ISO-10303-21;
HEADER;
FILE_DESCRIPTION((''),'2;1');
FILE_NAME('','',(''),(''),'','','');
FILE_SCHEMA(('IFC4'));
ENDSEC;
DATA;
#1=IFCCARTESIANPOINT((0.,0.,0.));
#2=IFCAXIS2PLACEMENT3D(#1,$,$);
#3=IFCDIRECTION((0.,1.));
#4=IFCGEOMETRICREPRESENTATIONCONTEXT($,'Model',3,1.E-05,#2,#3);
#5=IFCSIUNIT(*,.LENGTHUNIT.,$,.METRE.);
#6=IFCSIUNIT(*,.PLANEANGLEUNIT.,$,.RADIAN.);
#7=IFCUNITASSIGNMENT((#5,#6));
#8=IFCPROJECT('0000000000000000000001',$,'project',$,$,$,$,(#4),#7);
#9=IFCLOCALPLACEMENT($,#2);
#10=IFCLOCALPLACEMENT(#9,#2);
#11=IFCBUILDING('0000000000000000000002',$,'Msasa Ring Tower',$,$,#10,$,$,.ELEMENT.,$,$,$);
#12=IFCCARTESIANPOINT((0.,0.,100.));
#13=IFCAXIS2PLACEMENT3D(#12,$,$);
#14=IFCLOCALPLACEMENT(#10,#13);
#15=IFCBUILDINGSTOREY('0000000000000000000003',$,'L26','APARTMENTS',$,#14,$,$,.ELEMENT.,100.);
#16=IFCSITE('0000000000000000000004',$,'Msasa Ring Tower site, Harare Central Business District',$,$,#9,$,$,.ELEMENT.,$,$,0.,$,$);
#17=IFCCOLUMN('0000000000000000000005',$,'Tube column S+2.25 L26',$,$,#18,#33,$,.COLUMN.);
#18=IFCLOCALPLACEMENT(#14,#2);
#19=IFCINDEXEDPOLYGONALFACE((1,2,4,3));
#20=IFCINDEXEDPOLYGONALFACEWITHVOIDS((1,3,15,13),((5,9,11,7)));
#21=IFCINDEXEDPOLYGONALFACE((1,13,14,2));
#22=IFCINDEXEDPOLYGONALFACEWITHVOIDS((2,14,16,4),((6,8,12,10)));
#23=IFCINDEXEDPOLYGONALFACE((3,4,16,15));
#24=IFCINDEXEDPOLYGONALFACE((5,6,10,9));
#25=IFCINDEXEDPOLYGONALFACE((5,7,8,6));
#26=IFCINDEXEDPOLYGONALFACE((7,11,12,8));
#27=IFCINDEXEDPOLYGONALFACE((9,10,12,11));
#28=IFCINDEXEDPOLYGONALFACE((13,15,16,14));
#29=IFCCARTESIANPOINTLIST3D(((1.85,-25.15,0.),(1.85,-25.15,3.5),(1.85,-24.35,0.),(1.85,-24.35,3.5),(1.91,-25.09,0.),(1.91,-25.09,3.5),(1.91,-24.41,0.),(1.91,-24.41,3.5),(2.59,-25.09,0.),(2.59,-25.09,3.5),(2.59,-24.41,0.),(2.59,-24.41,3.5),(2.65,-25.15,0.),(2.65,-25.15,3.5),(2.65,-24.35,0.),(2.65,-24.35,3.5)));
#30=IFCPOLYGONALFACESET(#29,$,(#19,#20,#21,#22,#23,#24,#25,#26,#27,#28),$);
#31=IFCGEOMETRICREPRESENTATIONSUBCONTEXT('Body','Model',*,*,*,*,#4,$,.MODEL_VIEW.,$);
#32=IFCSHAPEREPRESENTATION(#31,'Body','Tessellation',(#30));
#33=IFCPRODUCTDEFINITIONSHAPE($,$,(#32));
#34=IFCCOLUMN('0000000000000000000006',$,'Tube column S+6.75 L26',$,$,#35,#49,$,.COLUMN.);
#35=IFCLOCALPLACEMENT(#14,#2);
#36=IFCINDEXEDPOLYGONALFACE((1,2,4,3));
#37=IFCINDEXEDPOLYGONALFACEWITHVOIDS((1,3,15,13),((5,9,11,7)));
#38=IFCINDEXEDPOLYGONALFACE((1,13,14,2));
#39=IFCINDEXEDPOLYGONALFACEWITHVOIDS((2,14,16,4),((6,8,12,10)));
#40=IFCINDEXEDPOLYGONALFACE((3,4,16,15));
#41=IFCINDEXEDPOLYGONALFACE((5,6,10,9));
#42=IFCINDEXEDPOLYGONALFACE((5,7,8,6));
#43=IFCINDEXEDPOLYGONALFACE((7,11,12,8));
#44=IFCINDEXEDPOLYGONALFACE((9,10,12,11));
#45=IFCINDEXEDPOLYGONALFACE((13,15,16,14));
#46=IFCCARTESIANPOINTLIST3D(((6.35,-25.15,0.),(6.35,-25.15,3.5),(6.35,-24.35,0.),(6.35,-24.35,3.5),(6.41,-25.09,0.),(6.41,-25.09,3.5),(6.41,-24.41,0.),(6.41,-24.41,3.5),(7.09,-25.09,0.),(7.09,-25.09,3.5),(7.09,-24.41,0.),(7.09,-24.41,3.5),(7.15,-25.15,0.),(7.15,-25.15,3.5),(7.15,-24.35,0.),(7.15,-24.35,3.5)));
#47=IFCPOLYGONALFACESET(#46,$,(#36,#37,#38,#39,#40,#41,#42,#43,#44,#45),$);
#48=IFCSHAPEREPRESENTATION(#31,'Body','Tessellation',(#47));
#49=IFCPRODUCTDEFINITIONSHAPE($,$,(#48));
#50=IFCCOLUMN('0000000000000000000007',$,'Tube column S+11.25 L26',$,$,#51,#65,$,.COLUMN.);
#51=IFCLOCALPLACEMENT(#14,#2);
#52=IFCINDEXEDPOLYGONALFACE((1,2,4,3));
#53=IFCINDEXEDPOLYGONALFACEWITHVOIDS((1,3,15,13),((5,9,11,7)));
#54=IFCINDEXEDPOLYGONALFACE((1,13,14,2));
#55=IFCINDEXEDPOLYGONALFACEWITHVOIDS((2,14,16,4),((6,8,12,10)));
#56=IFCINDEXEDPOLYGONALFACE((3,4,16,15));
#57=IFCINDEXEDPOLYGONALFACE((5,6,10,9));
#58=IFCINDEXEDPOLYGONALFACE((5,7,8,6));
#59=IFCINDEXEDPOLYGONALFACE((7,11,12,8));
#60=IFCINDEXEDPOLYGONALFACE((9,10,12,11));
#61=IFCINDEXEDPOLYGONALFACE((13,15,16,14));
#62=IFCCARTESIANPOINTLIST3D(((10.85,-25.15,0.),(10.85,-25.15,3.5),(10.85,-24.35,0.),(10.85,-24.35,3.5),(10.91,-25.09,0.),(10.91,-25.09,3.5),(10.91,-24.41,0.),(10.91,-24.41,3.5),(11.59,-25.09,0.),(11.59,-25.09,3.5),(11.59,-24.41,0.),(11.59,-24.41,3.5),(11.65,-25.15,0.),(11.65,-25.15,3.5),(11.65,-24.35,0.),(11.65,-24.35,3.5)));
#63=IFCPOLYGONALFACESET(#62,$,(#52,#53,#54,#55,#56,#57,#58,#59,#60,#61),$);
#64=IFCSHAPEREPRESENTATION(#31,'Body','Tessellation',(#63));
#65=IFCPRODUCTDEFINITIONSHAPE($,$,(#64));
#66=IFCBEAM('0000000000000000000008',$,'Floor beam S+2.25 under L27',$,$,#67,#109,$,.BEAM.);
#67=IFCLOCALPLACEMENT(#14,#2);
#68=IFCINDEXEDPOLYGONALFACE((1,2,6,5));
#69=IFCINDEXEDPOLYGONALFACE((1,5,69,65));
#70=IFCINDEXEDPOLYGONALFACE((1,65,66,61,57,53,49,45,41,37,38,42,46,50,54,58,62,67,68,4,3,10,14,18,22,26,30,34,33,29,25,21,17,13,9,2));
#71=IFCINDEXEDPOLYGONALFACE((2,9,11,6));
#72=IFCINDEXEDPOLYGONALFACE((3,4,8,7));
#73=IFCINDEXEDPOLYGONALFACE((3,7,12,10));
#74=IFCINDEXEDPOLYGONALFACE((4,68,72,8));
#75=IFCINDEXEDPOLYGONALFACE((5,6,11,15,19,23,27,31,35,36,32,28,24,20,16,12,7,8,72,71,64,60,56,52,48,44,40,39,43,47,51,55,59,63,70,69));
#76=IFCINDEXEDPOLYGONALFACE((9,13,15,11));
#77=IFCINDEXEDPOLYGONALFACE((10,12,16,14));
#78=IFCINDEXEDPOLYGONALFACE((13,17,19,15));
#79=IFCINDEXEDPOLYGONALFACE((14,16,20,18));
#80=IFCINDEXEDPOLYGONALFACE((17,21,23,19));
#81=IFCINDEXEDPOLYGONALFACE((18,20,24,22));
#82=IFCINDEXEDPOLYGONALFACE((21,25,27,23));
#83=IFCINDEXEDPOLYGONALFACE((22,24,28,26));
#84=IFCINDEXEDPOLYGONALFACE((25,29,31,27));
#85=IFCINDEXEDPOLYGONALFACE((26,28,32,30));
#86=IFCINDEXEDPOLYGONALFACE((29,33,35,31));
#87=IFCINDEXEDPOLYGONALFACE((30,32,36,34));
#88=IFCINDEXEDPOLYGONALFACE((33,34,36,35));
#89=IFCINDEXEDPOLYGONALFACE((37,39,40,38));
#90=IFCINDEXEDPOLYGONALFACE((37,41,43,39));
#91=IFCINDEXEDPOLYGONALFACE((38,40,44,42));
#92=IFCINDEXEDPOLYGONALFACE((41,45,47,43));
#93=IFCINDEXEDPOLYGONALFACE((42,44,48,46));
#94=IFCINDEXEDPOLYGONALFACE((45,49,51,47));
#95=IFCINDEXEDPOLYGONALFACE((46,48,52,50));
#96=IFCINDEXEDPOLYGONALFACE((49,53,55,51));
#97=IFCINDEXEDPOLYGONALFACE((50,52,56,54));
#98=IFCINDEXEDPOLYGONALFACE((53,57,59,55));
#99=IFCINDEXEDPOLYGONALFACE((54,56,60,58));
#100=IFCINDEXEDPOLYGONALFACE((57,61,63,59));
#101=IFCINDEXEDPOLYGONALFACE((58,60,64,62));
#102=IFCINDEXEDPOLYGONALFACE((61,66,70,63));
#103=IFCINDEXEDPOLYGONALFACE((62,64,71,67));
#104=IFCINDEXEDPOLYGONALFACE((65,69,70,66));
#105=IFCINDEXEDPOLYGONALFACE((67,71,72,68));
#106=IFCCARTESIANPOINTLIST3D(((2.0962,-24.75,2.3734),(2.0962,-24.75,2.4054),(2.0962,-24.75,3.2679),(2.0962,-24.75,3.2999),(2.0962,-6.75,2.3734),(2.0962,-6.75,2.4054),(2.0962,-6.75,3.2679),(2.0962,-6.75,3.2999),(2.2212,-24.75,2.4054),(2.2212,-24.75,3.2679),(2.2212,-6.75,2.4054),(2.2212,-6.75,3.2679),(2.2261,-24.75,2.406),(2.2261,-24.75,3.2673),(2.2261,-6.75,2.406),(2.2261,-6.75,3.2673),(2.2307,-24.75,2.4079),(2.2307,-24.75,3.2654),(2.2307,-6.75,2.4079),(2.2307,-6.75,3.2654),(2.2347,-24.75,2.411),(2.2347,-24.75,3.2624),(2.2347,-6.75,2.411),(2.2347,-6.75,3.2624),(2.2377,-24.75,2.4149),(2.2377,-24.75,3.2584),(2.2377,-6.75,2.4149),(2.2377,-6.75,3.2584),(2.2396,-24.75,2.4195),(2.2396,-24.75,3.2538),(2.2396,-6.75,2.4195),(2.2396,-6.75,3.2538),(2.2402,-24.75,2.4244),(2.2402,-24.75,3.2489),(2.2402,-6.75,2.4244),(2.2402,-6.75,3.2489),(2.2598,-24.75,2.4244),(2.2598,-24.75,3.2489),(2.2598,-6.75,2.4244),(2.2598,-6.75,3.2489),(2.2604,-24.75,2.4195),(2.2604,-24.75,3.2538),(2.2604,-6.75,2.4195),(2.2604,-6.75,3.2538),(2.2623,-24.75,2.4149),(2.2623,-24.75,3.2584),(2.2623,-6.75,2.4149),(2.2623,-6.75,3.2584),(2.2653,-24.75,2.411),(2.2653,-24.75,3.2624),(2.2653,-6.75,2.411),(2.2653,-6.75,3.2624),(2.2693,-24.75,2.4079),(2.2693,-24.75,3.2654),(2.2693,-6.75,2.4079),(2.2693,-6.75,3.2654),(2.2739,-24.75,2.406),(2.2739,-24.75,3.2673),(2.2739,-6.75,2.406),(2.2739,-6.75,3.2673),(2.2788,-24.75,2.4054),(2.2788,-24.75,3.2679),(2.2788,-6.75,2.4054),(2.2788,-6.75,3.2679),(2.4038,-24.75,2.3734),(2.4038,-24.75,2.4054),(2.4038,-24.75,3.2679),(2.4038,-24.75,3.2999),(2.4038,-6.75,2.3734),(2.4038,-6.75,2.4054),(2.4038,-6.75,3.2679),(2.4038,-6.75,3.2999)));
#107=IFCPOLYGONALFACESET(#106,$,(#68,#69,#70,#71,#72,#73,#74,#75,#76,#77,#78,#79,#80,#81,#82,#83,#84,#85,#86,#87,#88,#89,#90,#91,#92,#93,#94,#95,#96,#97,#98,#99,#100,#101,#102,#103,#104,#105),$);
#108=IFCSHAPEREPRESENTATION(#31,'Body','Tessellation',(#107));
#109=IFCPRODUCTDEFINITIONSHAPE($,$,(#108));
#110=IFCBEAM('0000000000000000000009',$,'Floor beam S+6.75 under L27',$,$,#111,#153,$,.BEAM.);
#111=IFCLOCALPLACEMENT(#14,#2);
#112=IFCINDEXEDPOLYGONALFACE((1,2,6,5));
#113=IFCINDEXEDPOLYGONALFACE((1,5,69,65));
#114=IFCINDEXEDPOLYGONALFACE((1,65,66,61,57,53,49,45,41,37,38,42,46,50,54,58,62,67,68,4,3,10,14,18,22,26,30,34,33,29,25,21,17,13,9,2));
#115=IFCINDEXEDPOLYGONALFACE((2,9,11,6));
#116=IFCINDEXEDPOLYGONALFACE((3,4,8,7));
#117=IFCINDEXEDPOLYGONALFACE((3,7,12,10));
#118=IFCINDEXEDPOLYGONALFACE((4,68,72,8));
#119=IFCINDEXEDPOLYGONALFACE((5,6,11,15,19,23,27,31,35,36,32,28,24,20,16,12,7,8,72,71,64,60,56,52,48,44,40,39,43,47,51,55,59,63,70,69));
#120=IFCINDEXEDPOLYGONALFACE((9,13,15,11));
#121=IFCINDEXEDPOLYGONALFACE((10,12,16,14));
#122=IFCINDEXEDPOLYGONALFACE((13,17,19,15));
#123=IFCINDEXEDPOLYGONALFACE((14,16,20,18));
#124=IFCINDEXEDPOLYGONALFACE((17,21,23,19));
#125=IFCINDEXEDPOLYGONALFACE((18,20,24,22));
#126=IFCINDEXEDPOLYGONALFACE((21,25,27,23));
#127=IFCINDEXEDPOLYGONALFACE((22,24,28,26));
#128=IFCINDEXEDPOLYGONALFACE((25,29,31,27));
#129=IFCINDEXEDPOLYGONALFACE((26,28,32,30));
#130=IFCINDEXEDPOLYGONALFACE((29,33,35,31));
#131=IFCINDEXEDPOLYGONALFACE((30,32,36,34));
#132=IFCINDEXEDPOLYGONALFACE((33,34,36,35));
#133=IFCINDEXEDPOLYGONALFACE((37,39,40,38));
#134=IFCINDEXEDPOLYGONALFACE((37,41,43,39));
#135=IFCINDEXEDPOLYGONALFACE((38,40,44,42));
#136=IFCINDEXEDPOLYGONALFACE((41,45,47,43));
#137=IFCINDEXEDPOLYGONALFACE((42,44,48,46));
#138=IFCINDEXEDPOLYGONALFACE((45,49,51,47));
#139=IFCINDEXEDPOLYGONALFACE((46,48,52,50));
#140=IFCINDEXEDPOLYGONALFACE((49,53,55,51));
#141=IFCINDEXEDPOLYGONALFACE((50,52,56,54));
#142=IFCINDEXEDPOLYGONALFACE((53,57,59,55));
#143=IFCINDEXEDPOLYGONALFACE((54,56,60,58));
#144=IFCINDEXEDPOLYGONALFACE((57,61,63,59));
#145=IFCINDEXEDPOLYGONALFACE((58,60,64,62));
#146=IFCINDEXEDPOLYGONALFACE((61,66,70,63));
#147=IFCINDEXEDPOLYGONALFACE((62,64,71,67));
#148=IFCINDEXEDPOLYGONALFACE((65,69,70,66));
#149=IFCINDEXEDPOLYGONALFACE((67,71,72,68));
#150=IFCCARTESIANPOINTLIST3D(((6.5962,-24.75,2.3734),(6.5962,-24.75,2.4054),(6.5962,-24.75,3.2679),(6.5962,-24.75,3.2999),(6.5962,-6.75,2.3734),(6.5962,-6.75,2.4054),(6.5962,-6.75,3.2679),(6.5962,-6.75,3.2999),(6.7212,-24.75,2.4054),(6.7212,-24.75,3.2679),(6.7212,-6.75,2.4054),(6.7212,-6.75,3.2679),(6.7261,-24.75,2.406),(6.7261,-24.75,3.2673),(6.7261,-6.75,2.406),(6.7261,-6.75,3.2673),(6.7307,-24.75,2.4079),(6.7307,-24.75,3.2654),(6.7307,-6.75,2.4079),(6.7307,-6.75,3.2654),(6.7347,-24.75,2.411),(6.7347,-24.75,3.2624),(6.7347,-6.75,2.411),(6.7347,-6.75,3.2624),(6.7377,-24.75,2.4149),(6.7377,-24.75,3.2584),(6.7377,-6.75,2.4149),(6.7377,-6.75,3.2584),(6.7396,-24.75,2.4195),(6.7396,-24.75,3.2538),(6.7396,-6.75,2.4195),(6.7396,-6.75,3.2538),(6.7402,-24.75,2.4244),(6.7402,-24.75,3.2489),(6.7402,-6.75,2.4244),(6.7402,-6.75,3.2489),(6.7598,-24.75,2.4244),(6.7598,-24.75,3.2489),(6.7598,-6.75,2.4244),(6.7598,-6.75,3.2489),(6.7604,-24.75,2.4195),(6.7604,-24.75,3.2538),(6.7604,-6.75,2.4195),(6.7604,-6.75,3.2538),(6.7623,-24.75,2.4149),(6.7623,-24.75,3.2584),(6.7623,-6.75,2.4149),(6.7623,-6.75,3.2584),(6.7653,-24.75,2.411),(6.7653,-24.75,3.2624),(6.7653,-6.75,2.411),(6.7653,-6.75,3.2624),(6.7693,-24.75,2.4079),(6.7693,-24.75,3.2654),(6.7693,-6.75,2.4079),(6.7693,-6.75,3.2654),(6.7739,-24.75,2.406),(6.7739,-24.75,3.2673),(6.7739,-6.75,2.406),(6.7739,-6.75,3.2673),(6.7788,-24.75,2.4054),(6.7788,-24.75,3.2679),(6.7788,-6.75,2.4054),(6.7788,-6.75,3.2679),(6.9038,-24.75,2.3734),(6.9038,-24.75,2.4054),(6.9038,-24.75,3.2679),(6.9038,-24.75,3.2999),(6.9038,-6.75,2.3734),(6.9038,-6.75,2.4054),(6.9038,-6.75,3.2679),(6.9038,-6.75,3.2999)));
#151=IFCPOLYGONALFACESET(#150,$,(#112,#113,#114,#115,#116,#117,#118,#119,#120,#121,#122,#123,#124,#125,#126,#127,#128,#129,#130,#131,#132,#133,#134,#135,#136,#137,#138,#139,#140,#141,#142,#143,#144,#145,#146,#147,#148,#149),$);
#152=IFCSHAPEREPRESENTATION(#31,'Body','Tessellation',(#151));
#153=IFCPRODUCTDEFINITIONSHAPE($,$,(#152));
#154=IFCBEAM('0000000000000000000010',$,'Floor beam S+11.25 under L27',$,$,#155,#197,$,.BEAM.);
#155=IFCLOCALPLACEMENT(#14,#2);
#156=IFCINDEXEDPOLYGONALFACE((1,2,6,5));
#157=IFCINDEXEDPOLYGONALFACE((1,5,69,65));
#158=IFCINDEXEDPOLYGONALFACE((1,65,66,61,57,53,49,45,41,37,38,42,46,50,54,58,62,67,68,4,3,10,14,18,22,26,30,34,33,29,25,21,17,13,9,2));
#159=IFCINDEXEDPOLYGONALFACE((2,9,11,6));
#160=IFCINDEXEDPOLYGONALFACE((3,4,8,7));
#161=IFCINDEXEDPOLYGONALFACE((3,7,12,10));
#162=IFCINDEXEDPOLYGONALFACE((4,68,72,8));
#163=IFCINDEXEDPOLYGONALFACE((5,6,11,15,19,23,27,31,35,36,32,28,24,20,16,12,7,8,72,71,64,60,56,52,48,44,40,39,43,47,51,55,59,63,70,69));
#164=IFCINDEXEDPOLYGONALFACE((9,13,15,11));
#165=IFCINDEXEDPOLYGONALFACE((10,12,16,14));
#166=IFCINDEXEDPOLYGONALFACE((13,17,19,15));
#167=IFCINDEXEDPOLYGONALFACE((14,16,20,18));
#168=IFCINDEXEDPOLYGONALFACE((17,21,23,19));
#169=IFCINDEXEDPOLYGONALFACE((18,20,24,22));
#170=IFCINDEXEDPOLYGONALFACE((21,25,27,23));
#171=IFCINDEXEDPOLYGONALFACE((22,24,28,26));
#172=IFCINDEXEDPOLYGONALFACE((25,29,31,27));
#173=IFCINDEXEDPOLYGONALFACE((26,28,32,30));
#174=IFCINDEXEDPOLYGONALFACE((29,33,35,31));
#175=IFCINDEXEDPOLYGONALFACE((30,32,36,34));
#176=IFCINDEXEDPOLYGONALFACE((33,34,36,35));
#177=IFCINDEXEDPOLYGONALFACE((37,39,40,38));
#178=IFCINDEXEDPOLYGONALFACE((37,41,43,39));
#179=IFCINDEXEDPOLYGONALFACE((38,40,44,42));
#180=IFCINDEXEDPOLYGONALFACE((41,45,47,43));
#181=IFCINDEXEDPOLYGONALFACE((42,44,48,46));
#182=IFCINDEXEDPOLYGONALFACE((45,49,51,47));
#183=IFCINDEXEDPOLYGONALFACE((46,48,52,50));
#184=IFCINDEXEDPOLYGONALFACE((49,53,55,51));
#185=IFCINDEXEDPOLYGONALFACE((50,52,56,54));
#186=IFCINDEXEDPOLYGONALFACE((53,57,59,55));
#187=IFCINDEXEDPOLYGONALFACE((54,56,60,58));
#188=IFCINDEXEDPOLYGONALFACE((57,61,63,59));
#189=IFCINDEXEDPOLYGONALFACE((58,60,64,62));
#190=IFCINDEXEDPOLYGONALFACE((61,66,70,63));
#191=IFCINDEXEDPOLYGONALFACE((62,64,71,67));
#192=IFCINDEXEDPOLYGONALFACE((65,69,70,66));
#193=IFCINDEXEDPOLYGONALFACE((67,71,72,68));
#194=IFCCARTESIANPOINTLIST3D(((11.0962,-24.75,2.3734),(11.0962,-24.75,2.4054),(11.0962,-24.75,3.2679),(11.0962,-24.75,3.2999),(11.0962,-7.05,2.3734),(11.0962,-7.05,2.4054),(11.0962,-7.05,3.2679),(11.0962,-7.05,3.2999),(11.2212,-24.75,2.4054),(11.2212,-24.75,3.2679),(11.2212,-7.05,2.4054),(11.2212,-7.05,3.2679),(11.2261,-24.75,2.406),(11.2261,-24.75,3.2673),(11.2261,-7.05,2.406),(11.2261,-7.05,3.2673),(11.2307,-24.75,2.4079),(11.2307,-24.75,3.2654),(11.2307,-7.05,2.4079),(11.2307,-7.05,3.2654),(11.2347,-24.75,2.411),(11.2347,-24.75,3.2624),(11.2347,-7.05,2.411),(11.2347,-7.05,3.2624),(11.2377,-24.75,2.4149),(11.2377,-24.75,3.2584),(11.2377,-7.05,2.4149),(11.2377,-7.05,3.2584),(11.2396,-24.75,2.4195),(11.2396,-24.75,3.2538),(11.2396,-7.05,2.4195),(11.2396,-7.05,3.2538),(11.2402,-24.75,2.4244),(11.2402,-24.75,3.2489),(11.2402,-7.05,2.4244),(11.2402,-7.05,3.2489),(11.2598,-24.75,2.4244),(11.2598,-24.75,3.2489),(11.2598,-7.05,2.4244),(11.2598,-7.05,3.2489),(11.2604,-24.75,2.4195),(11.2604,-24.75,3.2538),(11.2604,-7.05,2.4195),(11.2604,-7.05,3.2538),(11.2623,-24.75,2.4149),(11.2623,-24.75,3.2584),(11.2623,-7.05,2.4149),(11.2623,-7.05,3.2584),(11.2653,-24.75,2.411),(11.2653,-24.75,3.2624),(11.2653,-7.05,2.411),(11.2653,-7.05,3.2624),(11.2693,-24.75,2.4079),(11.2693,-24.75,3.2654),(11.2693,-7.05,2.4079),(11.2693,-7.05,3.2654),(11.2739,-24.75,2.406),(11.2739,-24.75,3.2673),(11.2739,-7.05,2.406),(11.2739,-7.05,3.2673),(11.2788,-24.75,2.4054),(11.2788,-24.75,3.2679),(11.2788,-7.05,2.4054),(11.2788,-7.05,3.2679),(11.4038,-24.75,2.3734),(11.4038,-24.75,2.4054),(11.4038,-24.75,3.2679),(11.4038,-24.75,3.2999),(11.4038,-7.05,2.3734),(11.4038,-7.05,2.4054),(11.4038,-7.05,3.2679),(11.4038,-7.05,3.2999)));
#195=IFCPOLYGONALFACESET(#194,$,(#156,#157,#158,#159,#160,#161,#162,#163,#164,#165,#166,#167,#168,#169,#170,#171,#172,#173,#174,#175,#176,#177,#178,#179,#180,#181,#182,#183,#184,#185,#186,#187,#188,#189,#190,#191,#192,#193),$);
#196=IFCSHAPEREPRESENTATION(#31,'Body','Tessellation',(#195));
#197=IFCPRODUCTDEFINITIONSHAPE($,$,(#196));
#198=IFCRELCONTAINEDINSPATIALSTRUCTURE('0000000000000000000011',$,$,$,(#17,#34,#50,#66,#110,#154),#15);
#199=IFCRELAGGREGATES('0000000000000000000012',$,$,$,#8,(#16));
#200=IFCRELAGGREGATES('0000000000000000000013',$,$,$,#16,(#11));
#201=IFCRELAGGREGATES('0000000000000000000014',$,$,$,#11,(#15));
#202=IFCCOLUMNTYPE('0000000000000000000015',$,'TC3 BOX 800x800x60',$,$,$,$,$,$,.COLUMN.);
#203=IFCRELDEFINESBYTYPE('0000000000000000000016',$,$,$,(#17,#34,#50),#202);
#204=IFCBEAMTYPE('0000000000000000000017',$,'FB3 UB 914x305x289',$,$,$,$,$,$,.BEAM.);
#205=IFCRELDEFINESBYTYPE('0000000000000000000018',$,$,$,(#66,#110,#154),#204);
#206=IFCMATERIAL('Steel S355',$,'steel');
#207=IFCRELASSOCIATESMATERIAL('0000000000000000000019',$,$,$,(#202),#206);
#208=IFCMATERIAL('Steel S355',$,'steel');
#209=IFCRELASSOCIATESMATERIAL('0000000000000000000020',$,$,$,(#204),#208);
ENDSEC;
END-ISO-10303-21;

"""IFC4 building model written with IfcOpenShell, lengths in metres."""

from ifc_helpers import new_model, si_unit, direction, frame, origin, origin_2d, place, context, subcontext, project, spatial, hollow_rectangle, i_section, extrude, material, material_profile, profile_set, type_object, element, save


model = new_model("IFC4")

# Units and contexts
model_context = context("Model", 3, precision=1e-05, world=origin(), true_north=direction((0.0, 1.0)))
body_context = subcontext(model_context, "Body", "Model", "MODEL_VIEW")
ifc_project = project(units=[si_unit("LENGTHUNIT", "METRE"), si_unit("PLANEANGLEUNIT", "RADIAN")], contexts=[model_context])

# Site, building, storey
site_placement = place(None, origin())
site = spatial("IfcSite", under=ifc_project, at=site_placement, Name="Msasa Ring Tower site, Harare Central Business District", CompositionType="ELEMENT", RefElevation=0.0)
building_placement = place(site_placement, origin())
building = spatial("IfcBuilding", under=site, at=building_placement, Name="Msasa Ring Tower", CompositionType="ELEMENT")
storey_placement = place(building_placement, frame((0.0, 0.0, 100.0)))
storey = spatial("IfcBuildingStorey", under=building, at=storey_placement, Name="L26", Description="APARTMENTS", CompositionType="ELEMENT", Elevation=100.0)

# Columns
ifc_material_1 = material(Name="Steel S355", Category="steel")
ifc_material_profile_1 = material_profile(ifc_material_1, hollow_rectangle(XDim=0.8, YDim=0.8, WallThickness=0.0601, at=origin_2d()), Name="BOX 800x800x60")
ifc_profile_set_1 = profile_set([ifc_material_profile_1], Name="Steel S355")
column_type = type_object("IfcColumnType", Name="TC3 BOX 800x800x60", PredefinedType="COLUMN", material=ifc_profile_set_1)
for number, where, z_axis, x_axis, name in (
    (1, (2.25, -24.75, 0.0), (0.0, 0.0, 1.0), (0.0, 1.0, 0.0), "Tube column S+2.25 L26"),
    (2, (6.75, -24.75, 0.0), (0.0, 0.0, 1.0), (0.0, 1.0, 0.0), "Tube column S+6.75 L26"),
    (3, (11.25, -24.75, 0.0), (0.0, 0.0, 1.0), (0.0, 1.0, 0.0), "Tube column S+11.25 L26"),
):
    element("IfcColumn", number, at=place(storey_placement, frame(where, z_axis=z_axis, x_axis=x_axis)), inside=storey, type_object=column_type, Name=name, PredefinedType="COLUMN", context=body_context, shape_type="SweptSolid", body=[
        extrude(hollow_rectangle(XDim=0.8, YDim=0.8, WallThickness=0.0601, at=origin_2d()), origin(), (0.0, 0.0, 1.0), 3.5),
    ])

# Beams
ifc_material_2 = material(Name="Steel S355", Category="steel")
ifc_material_profile_2 = material_profile(ifc_material_2, i_section(OverallWidth=0.3076, OverallDepth=0.9265, WebThickness=0.0195, FlangeThickness=0.032, FilletRadius=0.019, at=origin_2d()), Name="UB 914x305x289")
ifc_profile_set_2 = profile_set([ifc_material_profile_2], Name="Steel S355")
beam_type_1 = type_object("IfcBeamType", Name="FB3 UB 914x305x289", PredefinedType="BEAM", material=ifc_profile_set_2)
for number, where, z_axis, x_axis, name in (
    (4, (2.25, -24.75, 2.8367), (0.0, 1.0, 0.0), (-1.0, 0.0, 0.0), "Floor beam S+2.25 under L27"),
    (5, (6.75, -24.75, 2.8367), (0.0, 1.0, 0.0), (-1.0, 0.0, 0.0), "Floor beam S+6.75 under L27"),
):
    element("IfcBeam", number, at=place(storey_placement, frame(where, z_axis=z_axis, x_axis=x_axis)), inside=storey, type_object=beam_type_1, Name=name, PredefinedType="BEAM", context=body_context, shape_type="SweptSolid", body=[
        extrude(i_section(OverallWidth=0.3076, OverallDepth=0.9265, WebThickness=0.0195, FlangeThickness=0.032, FilletRadius=0.019, at=origin_2d()), origin(), (0.0, 0.0, 1.0), 18.0),
    ])
beam_placement = place(storey_placement, frame((11.25, -24.75, 2.8367), z_axis=(0.0, 1.0, 0.0), x_axis=(-1.0, 0.0, 0.0)))
element("IfcBeam", 6, at=beam_placement, inside=storey, type_object=beam_type_1, Name="Floor beam S+11.25 under L27", PredefinedType="BEAM", context=body_context, shape_type="SweptSolid", body=[
    extrude(i_section(OverallWidth=0.3076, OverallDepth=0.9265, WebThickness=0.0195, FlangeThickness=0.032, FilletRadius=0.019, at=origin_2d()), origin(), (0.0, 0.0, 1.0), 17.7),
])

save(model, "model.ifc")
